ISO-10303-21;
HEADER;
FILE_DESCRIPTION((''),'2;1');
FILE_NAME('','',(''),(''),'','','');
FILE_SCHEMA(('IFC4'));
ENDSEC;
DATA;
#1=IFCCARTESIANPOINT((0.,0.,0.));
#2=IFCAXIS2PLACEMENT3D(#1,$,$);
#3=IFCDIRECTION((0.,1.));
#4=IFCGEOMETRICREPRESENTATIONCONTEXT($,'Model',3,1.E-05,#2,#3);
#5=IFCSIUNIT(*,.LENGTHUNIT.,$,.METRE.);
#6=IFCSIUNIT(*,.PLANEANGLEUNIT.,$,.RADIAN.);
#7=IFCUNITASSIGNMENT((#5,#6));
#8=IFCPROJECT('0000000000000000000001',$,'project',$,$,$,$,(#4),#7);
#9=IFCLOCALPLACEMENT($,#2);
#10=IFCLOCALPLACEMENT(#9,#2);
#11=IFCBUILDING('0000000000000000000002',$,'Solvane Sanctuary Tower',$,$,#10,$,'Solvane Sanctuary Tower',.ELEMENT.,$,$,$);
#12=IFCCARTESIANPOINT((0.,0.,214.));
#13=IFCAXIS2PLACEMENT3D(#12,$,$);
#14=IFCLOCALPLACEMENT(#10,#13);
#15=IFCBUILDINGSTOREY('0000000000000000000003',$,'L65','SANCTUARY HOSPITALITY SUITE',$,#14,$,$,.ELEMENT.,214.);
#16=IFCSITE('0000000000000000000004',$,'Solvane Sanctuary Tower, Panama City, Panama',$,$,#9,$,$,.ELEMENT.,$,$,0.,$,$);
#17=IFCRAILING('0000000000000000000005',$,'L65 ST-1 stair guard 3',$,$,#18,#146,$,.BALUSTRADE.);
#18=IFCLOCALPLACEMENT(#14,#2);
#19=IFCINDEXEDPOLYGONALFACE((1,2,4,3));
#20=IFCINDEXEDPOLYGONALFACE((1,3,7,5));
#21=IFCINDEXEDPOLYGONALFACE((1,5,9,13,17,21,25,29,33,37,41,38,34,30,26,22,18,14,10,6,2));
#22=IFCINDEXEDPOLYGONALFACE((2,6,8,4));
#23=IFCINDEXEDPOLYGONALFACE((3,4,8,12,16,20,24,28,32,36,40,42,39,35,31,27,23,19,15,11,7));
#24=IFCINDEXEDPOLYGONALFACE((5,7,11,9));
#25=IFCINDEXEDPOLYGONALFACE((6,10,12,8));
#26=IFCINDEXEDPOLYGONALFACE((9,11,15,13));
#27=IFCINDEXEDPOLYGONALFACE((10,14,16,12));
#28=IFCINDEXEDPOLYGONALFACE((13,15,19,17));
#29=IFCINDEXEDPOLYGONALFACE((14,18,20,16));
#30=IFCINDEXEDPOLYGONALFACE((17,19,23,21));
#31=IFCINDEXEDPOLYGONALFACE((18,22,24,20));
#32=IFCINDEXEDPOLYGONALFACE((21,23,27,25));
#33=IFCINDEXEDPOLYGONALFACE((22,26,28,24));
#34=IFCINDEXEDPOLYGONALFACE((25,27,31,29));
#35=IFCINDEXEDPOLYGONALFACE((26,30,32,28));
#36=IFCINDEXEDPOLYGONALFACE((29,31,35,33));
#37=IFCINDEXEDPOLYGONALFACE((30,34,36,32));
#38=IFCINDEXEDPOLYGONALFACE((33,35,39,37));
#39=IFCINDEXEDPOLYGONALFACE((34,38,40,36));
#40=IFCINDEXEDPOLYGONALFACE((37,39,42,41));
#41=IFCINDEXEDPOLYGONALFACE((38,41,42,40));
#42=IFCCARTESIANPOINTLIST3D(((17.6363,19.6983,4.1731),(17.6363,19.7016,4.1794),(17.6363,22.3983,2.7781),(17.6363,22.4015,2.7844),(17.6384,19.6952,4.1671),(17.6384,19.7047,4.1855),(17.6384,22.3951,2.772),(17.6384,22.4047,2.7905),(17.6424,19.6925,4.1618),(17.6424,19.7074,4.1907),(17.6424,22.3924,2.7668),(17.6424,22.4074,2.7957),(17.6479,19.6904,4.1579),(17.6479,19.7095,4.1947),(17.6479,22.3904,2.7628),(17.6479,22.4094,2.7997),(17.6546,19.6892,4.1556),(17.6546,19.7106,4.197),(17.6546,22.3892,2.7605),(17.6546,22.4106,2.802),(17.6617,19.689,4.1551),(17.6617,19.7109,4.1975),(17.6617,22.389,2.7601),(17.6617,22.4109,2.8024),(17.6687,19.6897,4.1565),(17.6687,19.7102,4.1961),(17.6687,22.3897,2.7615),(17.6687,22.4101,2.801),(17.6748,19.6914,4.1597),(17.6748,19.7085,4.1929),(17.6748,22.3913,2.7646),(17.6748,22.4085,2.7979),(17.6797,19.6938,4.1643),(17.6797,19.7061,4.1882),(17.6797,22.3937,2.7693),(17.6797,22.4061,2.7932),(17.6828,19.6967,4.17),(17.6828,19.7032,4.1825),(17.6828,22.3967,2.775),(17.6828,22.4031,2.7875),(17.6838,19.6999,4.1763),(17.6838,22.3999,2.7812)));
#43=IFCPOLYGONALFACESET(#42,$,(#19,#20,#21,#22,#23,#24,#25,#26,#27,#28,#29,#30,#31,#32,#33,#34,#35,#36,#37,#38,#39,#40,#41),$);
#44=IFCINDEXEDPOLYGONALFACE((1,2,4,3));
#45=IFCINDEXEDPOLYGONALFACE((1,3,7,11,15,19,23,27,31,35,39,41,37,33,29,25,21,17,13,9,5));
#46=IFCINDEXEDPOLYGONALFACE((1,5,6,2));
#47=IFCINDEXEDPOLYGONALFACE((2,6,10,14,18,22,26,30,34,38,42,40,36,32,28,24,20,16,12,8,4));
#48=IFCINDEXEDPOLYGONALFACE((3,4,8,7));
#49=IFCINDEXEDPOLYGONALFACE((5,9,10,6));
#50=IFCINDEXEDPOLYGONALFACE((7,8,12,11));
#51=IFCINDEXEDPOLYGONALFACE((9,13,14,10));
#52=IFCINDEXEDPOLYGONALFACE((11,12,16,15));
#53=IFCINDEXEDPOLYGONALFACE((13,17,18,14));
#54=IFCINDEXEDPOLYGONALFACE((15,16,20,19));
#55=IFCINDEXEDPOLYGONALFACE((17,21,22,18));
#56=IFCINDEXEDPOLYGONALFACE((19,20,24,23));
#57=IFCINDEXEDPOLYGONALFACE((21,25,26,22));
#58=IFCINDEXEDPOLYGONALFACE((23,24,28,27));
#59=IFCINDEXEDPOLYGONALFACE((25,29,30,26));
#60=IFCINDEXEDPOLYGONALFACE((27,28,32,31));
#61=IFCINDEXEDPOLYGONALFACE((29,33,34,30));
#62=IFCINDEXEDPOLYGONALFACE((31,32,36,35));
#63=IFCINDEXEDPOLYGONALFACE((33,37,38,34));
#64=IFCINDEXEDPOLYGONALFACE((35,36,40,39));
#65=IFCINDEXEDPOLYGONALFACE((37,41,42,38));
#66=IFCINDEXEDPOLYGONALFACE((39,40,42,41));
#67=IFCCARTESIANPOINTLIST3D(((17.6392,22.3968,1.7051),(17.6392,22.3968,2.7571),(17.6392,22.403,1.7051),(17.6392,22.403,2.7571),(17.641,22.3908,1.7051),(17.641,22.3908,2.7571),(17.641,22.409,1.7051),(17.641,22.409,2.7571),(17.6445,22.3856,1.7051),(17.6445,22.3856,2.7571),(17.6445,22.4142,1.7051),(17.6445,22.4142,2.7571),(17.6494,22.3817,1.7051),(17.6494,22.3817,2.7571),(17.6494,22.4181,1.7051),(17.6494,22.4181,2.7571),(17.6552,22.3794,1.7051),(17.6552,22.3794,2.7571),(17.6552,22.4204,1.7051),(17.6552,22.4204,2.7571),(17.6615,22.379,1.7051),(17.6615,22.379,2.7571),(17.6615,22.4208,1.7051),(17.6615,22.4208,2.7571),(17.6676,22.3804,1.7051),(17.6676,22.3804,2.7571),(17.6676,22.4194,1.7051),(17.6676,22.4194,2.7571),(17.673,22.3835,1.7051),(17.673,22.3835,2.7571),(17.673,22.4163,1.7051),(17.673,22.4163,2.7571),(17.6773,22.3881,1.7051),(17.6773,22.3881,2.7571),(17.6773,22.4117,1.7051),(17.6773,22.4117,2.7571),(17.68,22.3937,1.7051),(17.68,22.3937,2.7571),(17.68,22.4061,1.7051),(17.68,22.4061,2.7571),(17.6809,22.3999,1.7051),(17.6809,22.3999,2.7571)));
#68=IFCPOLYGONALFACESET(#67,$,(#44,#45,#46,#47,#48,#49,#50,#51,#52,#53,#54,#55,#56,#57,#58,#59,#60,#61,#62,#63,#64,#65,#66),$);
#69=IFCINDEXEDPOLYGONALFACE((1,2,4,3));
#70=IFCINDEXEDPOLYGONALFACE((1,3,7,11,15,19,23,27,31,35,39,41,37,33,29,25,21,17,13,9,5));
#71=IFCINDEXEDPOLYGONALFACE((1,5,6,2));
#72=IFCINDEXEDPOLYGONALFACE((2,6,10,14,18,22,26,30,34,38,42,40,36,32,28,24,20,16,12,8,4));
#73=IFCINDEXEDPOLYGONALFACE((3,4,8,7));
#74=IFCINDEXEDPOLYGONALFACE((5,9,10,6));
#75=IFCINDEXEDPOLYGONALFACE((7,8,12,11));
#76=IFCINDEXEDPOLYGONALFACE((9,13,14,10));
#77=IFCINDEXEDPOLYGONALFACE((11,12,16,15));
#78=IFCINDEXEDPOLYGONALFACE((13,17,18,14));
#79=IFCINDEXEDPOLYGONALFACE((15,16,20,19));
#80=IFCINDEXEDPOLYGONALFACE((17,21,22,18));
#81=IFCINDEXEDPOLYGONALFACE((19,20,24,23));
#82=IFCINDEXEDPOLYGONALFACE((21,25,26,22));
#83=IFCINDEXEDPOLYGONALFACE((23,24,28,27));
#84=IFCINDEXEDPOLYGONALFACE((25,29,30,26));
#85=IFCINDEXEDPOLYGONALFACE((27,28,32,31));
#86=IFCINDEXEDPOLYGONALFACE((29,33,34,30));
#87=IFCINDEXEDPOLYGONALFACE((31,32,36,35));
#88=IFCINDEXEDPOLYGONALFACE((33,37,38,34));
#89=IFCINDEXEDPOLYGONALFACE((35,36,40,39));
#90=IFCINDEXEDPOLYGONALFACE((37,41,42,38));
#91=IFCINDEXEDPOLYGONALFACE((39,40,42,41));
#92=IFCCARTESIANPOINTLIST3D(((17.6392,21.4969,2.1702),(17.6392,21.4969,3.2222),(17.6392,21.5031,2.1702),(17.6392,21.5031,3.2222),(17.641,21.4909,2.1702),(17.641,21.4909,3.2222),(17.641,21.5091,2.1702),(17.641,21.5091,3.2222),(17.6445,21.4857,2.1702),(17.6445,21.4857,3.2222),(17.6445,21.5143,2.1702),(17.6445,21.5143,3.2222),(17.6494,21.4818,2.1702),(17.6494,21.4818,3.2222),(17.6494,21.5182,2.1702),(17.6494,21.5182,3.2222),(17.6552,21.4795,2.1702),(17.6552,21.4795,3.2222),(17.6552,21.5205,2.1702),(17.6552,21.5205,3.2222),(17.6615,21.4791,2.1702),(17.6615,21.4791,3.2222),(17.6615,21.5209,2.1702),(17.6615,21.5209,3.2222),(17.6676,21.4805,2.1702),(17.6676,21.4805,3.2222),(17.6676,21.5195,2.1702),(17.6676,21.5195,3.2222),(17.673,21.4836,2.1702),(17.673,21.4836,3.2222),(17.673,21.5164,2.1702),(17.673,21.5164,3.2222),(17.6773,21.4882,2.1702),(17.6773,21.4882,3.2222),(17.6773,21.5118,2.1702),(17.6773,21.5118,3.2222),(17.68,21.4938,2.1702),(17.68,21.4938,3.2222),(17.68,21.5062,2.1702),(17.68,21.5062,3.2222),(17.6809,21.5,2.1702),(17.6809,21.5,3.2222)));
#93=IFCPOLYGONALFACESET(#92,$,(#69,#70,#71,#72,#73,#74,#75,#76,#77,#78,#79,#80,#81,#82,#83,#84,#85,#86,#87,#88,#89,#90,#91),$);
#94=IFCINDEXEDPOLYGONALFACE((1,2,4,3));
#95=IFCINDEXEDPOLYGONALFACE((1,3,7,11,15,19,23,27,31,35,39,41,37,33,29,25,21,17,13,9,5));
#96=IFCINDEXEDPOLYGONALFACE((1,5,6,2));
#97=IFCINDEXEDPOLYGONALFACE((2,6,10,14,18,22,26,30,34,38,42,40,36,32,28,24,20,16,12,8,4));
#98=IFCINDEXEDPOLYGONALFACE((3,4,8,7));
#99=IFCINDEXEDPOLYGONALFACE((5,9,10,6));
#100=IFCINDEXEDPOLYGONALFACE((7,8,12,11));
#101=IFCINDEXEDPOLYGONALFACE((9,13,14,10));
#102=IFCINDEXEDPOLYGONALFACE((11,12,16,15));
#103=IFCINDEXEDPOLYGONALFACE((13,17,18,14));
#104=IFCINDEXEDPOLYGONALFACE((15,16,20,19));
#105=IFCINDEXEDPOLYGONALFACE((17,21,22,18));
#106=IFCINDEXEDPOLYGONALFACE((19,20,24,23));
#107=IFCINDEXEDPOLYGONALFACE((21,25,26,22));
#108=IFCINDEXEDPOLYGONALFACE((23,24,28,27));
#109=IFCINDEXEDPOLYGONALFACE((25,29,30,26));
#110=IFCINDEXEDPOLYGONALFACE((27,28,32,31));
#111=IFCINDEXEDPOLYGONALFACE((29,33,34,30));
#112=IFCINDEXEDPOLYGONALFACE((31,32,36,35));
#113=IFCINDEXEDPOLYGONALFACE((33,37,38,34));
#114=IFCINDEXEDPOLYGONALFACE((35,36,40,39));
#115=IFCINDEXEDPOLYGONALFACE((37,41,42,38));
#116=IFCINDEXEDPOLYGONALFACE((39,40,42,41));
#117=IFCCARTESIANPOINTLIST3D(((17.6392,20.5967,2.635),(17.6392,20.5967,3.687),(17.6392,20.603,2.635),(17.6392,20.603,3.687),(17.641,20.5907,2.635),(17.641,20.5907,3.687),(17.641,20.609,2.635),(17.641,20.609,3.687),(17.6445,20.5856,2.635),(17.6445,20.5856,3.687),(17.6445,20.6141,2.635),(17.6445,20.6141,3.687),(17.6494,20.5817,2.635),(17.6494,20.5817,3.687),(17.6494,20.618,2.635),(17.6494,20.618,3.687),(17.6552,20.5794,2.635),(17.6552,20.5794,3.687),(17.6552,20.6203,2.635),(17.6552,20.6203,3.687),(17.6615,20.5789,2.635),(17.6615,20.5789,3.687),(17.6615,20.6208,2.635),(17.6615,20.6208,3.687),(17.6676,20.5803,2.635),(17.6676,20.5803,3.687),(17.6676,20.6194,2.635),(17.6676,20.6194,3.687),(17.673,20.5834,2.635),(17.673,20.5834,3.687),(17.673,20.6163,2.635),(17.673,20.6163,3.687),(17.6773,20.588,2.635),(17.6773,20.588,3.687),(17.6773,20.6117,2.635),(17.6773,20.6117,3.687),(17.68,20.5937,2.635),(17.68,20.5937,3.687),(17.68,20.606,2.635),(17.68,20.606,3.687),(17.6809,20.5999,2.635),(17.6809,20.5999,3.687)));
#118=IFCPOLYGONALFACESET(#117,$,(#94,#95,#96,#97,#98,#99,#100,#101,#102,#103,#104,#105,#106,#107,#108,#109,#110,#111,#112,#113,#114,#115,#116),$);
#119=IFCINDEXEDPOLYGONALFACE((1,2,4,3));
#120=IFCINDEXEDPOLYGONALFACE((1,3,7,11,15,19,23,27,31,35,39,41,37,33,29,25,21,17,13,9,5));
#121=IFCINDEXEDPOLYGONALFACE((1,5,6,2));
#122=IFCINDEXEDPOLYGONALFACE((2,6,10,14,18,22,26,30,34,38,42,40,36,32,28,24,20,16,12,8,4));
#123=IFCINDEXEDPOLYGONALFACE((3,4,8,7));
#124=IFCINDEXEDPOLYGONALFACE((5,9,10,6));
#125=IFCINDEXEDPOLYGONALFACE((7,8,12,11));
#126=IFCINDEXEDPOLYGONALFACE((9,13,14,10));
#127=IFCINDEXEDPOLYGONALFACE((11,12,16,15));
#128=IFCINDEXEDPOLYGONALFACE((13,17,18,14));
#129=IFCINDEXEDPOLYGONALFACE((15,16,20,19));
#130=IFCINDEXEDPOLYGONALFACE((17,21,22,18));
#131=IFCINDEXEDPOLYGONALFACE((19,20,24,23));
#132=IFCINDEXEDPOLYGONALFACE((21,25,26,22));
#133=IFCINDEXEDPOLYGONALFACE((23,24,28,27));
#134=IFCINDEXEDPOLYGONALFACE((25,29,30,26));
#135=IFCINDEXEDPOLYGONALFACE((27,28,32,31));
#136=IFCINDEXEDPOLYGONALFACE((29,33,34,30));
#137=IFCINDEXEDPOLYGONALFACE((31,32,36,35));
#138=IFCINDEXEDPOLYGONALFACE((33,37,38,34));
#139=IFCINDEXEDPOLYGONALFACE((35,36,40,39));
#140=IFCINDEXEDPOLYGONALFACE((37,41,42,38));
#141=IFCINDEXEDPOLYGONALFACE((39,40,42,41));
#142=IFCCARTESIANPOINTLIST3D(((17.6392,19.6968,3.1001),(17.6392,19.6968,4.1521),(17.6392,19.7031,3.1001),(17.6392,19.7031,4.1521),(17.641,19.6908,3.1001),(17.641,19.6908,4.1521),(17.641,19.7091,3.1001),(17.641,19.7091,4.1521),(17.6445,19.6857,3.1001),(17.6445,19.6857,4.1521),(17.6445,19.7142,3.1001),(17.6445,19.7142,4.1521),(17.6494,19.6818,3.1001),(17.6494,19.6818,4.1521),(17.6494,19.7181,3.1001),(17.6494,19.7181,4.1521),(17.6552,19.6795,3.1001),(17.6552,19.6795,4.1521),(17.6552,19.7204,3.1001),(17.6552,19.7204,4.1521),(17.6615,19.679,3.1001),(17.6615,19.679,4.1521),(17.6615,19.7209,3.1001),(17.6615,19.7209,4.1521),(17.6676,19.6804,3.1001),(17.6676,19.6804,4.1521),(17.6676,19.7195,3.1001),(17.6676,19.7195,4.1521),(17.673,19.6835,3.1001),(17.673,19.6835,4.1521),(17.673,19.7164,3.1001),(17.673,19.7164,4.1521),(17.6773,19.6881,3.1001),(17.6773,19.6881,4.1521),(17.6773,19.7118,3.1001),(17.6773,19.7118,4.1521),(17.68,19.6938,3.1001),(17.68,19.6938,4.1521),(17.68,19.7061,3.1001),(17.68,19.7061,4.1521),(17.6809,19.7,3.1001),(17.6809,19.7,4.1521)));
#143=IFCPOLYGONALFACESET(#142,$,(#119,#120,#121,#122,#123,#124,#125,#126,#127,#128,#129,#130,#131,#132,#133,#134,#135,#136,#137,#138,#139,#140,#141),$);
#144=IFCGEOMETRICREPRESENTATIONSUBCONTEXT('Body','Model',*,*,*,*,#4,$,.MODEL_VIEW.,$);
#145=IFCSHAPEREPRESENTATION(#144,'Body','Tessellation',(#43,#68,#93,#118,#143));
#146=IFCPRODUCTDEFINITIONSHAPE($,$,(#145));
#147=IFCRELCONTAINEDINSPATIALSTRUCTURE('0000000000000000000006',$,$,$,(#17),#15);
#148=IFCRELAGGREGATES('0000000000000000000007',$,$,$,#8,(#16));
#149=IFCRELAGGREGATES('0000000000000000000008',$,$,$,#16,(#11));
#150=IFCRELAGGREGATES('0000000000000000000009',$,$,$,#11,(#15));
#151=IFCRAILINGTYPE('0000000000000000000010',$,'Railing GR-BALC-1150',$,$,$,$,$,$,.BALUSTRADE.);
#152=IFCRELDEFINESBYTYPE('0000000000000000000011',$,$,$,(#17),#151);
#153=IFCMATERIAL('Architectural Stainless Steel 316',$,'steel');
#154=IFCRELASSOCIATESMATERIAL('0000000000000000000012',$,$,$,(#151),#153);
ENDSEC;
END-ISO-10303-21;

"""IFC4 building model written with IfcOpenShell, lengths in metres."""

from ifc_helpers import new_model, si_unit, direction, frame, origin, origin_2d, place, context, subcontext, project, spatial, circle, extrude, material, type_object, element, save


model = new_model("IFC4")

# Units and contexts
model_context = context("Model", 3, precision=1e-05, world=origin(), true_north=direction((0.0, 1.0)))
body_context = subcontext(model_context, "Body", "Model", "MODEL_VIEW")
ifc_project = project(units=[si_unit("LENGTHUNIT", "METRE"), si_unit("PLANEANGLEUNIT", "RADIAN")], contexts=[model_context])

# Site, building, storey
site_placement = place(None, origin())
site = spatial("IfcSite", under=ifc_project, at=site_placement, Name="Solvane Sanctuary Tower, Panama City, Panama", CompositionType="ELEMENT", RefElevation=0.0)
building_placement = place(site_placement, origin())
building = spatial("IfcBuilding", under=site, at=building_placement, Name="Solvane Sanctuary Tower", LongName="Solvane Sanctuary Tower", CompositionType="ELEMENT")
storey_placement = place(building_placement, frame((0.0, 0.0, 214.0)))
storey = spatial("IfcBuildingStorey", under=building, at=storey_placement, Name="L65", Description="SANCTUARY HOSPITALITY SUITE", CompositionType="ELEMENT", Elevation=214.0)

# Shared definitions
ifc_material_1 = material(Name="Architectural Stainless Steel 316", Category="steel")

# Railing
railing_type_1 = type_object("IfcRailingType", Name="Railing GR-BALC-1150", PredefinedType="BALUSTRADE", material=ifc_material_1)
railing_1_placement = place(storey_placement, frame((17.6599, 22.3999, 1.7051)))
element("IfcRailing", 1, at=railing_1_placement, inside=storey, type_object=railing_type_1, Name="L65 ST-1 stair guard 3", PredefinedType="BALUSTRADE", context=body_context, shape_type="SweptSolid", body=[
    extrude(circle(Radius=0.0239, at=origin_2d()), frame((0.0, 0.0, 1.0762), z_axis=(0.0, -0.88842, 0.459032), x_axis=(1.0, 0.0, 0.0)), (0.0, 0.0, 1.0), 3.0391),
    extrude(circle(Radius=0.021, at=origin_2d()), origin(), (0.0, 0.0, 1.0), 1.052),
    extrude(circle(Radius=0.021, at=origin_2d()), frame((0.0, -0.8999, 0.4651)), (0.0, 0.0, 1.0), 1.052),
    extrude(circle(Radius=0.021, at=origin_2d()), frame((0.0, -1.8, 0.9299)), (0.0, 0.0, 1.0), 1.052),
    extrude(circle(Radius=0.021, at=origin_2d()), frame((0.0, -2.7, 1.395)), (0.0, 0.0, 1.0), 1.052),
])

save(model, "model.ifc")
